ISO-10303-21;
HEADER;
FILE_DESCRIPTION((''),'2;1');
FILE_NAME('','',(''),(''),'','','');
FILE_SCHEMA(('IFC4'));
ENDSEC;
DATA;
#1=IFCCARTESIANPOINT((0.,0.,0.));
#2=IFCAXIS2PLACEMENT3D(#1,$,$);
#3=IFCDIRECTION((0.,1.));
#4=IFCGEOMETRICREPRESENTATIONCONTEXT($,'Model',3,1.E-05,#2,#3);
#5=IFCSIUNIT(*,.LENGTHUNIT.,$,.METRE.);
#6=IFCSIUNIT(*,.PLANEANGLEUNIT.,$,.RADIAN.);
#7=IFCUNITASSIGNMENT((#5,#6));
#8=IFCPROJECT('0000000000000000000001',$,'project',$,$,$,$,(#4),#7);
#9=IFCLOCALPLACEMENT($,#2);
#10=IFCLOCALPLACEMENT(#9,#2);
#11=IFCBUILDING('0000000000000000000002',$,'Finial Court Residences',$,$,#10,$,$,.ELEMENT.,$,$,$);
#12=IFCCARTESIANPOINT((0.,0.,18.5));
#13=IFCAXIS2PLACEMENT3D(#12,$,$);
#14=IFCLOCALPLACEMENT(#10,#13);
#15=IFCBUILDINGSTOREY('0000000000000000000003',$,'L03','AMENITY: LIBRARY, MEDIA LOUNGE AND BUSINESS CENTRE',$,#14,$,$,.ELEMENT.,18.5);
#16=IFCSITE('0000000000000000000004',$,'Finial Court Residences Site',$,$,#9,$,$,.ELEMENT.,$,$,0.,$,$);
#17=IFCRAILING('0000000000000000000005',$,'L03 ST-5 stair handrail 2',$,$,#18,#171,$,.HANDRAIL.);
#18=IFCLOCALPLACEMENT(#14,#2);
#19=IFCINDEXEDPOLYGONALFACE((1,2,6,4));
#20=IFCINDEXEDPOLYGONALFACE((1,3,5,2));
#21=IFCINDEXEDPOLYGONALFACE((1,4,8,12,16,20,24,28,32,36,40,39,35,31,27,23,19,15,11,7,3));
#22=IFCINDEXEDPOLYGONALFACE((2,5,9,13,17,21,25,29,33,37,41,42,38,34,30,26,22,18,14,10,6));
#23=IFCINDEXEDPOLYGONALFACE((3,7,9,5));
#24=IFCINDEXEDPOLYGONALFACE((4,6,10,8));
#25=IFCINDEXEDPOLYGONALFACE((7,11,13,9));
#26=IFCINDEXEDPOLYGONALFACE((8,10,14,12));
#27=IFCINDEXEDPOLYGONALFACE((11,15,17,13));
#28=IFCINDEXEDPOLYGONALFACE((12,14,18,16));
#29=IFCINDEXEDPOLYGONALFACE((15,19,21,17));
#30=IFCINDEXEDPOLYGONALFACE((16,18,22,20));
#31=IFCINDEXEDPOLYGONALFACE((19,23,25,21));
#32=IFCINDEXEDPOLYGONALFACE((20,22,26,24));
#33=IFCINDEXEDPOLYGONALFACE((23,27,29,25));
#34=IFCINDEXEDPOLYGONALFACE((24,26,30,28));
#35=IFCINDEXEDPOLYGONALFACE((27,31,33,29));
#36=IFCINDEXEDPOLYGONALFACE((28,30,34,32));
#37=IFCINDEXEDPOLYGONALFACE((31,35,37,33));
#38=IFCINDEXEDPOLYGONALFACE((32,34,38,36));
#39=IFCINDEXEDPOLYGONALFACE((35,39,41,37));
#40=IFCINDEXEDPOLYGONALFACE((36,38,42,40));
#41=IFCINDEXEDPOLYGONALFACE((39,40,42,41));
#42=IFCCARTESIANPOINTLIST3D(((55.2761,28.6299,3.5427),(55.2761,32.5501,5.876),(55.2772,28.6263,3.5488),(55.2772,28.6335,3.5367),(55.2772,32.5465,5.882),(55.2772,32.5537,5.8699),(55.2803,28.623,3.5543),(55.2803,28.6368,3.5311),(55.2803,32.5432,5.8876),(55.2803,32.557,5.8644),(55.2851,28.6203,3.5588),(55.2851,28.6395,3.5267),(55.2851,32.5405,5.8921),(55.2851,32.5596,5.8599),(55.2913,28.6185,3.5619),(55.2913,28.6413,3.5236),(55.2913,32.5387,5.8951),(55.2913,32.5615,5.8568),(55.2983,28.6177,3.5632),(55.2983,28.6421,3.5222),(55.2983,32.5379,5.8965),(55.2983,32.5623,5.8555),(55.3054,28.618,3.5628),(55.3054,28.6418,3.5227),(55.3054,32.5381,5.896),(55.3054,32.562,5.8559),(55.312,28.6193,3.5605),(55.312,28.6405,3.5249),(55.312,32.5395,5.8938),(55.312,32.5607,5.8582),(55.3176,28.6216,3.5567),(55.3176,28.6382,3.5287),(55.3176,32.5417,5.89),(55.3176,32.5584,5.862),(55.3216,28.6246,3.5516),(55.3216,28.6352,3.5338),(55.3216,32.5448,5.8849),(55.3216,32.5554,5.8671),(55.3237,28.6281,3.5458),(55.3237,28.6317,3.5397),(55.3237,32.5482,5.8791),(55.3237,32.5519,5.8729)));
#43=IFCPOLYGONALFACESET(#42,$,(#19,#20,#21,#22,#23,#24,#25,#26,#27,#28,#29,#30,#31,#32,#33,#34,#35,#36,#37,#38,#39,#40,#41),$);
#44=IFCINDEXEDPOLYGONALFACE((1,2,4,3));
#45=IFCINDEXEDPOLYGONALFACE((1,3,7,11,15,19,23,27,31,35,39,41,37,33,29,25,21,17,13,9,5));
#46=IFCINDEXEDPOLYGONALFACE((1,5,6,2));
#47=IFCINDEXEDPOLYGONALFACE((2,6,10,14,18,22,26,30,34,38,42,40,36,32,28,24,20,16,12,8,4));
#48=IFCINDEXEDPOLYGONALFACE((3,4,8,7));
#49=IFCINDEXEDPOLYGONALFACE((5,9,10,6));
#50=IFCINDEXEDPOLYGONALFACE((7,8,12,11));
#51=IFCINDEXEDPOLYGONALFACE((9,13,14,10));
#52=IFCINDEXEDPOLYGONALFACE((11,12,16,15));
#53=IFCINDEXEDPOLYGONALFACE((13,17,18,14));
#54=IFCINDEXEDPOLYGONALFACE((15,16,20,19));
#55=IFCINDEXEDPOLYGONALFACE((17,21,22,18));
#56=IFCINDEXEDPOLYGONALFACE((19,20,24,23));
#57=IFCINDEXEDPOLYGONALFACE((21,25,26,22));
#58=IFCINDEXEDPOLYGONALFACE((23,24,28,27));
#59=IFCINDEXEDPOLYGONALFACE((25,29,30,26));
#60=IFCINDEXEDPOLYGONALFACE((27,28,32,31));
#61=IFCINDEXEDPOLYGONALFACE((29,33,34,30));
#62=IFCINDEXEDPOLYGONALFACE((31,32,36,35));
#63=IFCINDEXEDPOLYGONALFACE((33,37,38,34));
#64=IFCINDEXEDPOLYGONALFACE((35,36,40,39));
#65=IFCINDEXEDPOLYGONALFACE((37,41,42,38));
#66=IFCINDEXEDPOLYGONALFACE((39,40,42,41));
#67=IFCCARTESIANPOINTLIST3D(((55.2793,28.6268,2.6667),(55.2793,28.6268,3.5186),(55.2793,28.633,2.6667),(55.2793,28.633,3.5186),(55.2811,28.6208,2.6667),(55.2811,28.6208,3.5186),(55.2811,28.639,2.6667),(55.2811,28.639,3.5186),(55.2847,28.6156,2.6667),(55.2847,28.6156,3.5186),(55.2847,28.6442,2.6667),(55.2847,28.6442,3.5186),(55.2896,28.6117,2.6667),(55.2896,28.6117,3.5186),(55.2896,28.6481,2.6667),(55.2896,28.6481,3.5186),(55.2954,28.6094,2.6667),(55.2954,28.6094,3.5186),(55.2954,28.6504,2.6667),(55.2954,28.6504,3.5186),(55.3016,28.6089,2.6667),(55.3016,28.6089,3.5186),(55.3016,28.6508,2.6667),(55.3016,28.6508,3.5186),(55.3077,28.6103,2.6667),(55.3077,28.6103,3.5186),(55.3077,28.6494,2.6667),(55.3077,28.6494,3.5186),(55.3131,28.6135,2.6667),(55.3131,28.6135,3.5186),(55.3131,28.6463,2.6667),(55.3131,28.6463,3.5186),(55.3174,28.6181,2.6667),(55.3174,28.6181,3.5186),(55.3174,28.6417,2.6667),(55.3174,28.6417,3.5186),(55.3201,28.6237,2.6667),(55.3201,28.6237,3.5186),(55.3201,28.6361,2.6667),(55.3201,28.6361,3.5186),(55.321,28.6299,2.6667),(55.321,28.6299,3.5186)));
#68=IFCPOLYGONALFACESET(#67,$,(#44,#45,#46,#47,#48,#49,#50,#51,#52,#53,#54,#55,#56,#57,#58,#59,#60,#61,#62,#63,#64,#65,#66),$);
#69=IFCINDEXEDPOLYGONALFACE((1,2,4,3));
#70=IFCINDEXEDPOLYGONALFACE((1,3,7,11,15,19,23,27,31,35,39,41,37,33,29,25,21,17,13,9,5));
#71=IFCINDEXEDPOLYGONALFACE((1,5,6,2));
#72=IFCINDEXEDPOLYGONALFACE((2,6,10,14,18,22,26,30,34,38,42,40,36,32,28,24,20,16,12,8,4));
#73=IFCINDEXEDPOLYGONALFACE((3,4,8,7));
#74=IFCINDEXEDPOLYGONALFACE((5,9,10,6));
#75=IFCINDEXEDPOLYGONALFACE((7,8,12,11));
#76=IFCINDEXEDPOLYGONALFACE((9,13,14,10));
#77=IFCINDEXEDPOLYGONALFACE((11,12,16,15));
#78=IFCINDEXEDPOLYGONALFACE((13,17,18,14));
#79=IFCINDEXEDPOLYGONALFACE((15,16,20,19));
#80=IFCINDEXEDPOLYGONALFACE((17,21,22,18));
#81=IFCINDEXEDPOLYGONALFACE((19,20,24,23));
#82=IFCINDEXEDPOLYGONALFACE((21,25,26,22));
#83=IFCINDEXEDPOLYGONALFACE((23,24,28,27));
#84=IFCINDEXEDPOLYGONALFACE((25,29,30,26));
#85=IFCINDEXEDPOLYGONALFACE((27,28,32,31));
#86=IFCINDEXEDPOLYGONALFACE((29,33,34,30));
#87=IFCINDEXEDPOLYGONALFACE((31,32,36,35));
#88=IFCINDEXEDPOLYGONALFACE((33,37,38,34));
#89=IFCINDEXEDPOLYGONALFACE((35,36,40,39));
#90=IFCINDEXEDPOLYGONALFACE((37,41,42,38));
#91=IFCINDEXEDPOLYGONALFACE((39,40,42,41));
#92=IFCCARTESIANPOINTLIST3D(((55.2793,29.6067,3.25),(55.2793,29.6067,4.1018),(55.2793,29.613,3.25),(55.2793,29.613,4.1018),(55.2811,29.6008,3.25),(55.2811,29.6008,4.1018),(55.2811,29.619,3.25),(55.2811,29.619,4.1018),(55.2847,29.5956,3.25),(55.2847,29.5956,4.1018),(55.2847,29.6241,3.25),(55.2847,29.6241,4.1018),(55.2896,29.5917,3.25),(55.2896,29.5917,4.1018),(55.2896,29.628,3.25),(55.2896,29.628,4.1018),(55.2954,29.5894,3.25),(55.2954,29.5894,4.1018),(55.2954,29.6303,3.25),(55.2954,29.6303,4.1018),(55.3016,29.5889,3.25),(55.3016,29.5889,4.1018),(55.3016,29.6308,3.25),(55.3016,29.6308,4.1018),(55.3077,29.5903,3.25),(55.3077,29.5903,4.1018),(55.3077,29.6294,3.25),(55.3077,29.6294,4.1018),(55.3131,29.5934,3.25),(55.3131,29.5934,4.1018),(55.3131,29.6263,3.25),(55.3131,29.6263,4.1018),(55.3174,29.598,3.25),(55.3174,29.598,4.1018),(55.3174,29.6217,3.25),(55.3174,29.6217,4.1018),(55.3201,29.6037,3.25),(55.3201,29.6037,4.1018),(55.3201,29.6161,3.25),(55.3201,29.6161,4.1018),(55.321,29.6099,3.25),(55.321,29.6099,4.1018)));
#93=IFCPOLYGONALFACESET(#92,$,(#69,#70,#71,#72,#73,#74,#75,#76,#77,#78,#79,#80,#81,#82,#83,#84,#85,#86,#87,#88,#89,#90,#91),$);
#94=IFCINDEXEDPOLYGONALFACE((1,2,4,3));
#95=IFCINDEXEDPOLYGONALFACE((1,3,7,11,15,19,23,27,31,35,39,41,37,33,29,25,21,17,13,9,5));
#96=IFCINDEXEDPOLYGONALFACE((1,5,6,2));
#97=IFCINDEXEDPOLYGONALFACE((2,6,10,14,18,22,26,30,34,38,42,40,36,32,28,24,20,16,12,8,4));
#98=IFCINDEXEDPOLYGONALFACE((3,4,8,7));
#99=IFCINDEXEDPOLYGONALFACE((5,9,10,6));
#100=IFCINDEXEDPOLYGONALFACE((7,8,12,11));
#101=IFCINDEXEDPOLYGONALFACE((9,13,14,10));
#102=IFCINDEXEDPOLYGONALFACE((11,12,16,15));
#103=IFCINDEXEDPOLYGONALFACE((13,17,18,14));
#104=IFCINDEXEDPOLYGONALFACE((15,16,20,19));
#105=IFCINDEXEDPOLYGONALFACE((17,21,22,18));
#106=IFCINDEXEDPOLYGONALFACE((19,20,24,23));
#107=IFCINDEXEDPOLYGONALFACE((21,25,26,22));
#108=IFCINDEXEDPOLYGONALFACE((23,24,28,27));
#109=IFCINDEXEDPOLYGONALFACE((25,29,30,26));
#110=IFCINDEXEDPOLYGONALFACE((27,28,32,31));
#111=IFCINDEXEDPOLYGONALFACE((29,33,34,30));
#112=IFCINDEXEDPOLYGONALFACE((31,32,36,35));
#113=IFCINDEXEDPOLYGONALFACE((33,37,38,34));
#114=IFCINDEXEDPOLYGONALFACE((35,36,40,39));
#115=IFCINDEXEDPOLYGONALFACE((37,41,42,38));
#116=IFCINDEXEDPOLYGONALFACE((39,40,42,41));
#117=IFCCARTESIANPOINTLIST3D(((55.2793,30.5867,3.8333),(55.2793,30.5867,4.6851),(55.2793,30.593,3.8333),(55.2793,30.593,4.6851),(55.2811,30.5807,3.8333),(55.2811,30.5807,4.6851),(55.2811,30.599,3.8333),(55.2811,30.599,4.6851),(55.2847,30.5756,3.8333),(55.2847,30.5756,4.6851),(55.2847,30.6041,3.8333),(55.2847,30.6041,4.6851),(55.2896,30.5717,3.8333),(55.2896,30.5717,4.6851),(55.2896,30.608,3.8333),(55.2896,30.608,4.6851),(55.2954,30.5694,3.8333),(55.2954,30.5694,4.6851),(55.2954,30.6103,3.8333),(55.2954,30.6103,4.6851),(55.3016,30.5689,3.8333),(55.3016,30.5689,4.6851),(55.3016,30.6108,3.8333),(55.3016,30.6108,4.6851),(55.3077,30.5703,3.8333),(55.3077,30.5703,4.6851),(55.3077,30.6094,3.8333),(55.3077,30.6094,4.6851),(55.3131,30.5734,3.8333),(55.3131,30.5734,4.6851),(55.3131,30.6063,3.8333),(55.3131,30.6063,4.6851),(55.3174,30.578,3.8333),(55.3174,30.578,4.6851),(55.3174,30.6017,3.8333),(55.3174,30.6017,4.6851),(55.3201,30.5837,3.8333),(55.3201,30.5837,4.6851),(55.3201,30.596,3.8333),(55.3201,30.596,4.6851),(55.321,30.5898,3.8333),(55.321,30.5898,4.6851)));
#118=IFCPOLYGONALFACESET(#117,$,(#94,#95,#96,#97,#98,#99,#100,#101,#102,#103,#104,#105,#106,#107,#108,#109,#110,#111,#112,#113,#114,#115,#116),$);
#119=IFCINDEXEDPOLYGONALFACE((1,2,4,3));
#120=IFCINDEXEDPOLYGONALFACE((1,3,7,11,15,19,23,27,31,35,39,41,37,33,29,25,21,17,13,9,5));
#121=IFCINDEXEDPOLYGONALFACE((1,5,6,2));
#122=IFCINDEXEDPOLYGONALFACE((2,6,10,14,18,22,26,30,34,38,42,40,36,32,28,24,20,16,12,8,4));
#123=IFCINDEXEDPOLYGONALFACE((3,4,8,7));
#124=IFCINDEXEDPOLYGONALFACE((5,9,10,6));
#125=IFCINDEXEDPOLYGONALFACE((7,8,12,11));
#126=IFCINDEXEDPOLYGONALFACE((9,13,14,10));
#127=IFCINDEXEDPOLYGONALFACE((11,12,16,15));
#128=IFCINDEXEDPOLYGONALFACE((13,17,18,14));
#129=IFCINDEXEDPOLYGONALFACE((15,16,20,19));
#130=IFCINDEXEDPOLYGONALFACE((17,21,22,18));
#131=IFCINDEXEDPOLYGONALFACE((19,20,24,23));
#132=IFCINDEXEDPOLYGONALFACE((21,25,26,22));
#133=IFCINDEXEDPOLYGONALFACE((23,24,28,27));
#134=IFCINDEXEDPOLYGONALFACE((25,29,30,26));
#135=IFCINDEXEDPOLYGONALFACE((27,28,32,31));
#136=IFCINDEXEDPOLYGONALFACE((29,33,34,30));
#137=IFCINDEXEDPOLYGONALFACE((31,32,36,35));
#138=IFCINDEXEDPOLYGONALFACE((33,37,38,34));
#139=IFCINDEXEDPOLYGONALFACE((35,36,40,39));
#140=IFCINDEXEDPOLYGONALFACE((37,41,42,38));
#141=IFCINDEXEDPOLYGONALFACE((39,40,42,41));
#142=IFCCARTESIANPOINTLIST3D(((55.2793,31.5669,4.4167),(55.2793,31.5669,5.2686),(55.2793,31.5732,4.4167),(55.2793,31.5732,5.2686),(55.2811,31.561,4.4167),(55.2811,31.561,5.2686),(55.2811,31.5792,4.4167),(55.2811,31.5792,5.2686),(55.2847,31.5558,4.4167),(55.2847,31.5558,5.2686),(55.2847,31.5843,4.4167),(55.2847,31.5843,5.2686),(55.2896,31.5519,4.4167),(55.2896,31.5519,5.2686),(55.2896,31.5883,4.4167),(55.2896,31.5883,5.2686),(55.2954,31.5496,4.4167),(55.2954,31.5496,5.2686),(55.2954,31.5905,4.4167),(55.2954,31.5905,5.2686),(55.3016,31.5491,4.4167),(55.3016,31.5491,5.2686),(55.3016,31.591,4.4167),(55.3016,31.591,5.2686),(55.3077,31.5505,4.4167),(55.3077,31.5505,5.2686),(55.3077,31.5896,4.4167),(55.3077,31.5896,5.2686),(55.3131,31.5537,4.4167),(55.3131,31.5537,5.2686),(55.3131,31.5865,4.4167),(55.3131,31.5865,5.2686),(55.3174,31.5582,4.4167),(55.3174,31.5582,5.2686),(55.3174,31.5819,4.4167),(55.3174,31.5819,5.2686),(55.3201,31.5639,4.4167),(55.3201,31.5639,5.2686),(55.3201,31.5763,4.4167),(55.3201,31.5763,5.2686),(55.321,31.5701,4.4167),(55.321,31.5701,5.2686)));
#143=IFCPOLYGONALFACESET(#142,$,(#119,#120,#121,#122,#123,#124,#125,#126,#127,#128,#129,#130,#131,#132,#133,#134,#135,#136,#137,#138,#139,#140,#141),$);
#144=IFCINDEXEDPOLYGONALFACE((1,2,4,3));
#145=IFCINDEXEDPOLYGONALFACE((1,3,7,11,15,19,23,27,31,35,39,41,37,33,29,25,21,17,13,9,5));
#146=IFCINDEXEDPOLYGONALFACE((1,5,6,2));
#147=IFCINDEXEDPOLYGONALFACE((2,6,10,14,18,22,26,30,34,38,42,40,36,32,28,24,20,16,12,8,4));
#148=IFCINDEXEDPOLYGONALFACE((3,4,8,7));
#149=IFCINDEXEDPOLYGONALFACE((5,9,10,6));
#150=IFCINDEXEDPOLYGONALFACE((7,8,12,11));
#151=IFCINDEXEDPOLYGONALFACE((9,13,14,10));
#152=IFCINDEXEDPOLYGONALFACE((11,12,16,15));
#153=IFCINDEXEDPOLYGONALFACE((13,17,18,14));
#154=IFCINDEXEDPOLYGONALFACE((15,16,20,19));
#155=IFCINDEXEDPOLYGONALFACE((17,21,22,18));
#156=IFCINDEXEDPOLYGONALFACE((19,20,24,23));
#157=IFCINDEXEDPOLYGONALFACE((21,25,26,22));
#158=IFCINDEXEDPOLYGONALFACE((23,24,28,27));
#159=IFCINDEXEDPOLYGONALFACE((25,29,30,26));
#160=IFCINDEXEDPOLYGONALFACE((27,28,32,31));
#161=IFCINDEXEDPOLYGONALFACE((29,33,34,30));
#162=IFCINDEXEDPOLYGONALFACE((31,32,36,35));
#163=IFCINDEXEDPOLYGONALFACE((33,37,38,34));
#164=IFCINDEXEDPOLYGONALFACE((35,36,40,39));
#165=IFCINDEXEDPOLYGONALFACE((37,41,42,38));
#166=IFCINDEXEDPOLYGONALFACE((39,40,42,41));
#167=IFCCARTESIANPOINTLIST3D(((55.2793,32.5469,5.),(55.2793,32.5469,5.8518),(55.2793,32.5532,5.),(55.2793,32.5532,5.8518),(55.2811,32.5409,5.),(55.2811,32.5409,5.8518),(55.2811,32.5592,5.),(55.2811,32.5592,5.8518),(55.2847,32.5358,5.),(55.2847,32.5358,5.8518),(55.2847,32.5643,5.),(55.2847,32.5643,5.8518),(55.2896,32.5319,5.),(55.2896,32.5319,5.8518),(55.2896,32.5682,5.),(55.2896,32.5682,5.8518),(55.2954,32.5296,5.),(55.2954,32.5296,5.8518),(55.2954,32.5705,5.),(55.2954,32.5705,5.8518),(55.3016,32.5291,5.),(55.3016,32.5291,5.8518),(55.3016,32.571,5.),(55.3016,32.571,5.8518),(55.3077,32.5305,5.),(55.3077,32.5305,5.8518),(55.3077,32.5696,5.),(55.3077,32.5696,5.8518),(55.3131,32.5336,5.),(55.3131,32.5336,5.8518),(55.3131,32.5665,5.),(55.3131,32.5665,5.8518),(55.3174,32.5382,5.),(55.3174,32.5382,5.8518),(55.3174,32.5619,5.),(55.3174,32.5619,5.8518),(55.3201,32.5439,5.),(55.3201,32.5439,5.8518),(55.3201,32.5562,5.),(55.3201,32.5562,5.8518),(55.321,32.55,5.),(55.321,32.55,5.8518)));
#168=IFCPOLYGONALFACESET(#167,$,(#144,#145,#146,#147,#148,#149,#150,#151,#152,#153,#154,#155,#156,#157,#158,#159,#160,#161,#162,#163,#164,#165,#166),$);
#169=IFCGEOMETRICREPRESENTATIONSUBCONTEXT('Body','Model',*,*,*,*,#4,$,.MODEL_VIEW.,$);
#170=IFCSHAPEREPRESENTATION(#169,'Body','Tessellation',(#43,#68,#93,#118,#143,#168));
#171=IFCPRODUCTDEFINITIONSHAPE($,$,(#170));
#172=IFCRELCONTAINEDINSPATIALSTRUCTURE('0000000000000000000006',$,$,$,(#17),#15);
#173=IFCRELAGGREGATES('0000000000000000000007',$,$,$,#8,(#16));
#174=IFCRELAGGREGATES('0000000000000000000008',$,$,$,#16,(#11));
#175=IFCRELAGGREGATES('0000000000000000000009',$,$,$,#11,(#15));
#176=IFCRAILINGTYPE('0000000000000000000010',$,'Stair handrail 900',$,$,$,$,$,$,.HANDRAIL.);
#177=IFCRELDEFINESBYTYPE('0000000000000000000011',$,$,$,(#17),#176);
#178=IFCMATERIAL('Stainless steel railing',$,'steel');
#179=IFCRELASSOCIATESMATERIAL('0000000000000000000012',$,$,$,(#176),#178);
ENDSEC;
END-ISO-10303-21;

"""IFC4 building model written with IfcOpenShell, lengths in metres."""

from ifc_helpers import new_model, si_unit, direction, frame, origin, origin_2d, place, context, subcontext, project, spatial, circle, extrude, material, type_object, element, save


model = new_model("IFC4")

# Units and contexts
model_context = context("Model", 3, precision=1e-05, world=origin(), true_north=direction((0.0, 1.0)))
body_context = subcontext(model_context, "Body", "Model", "MODEL_VIEW")
ifc_project = project(units=[si_unit("LENGTHUNIT", "METRE"), si_unit("PLANEANGLEUNIT", "RADIAN")], contexts=[model_context])

# Site, building, storey
site_placement = place(None, origin())
site = spatial("IfcSite", under=ifc_project, at=site_placement, Name="Finial Court Residences Site", CompositionType="ELEMENT", RefElevation=0.0)
building_placement = place(site_placement, origin())
building = spatial("IfcBuilding", under=site, at=building_placement, Name="Finial Court Residences", CompositionType="ELEMENT")
storey_placement = place(building_placement, frame((0.0, 0.0, 18.5)))
storey = spatial("IfcBuildingStorey", under=building, at=storey_placement, Name="L03", Description="AMENITY: LIBRARY, MEDIA LOUNGE AND BUSINESS CENTRE", CompositionType="ELEMENT", Elevation=18.5)

# Railing
ifc_material_1 = material(Name="Stainless steel railing", Category="steel")
railing_type_1 = type_object("IfcRailingType", Name="Stair handrail 900", PredefinedType="HANDRAIL", material=ifc_material_1)
railing_1_placement = place(storey_placement, frame((55.3, 28.6299, 2.6667)))
element("IfcRailing", 1, at=railing_1_placement, inside=storey, type_object=railing_type_1, Name="L03 ST-5 stair handrail 2", PredefinedType="HANDRAIL", context=body_context, shape_type="SweptSolid", body=[
    extrude(circle(Radius=0.0239, at=origin_2d()), frame((0.0, 0.0, 0.876), z_axis=(0.0, 0.85931, 0.511455), x_axis=(-1.0, 0.0, 0.0)), (0.0, 0.0, 1.0), 4.562),
    extrude(circle(Radius=0.021, at=origin_2d()), origin(), (0.0, 0.0, 1.0), 0.8518),
    extrude(circle(Radius=0.021, at=origin_2d()), frame((0.0, 0.98, 0.5833)), (0.0, 0.0, 1.0), 0.8518),
    extrude(circle(Radius=0.021, at=origin_2d()), frame((0.0, 1.96, 1.1665)), (0.0, 0.0, 1.0), 0.8518),
    extrude(circle(Radius=0.021, at=origin_2d()), frame((0.0, 2.9402, 1.75)), (0.0, 0.0, 1.0), 0.8518),
    extrude(circle(Radius=0.021, at=origin_2d()), frame((0.0, 3.9202, 2.3333)), (0.0, 0.0, 1.0), 0.8518),
])

save(model, "model.ifc")
